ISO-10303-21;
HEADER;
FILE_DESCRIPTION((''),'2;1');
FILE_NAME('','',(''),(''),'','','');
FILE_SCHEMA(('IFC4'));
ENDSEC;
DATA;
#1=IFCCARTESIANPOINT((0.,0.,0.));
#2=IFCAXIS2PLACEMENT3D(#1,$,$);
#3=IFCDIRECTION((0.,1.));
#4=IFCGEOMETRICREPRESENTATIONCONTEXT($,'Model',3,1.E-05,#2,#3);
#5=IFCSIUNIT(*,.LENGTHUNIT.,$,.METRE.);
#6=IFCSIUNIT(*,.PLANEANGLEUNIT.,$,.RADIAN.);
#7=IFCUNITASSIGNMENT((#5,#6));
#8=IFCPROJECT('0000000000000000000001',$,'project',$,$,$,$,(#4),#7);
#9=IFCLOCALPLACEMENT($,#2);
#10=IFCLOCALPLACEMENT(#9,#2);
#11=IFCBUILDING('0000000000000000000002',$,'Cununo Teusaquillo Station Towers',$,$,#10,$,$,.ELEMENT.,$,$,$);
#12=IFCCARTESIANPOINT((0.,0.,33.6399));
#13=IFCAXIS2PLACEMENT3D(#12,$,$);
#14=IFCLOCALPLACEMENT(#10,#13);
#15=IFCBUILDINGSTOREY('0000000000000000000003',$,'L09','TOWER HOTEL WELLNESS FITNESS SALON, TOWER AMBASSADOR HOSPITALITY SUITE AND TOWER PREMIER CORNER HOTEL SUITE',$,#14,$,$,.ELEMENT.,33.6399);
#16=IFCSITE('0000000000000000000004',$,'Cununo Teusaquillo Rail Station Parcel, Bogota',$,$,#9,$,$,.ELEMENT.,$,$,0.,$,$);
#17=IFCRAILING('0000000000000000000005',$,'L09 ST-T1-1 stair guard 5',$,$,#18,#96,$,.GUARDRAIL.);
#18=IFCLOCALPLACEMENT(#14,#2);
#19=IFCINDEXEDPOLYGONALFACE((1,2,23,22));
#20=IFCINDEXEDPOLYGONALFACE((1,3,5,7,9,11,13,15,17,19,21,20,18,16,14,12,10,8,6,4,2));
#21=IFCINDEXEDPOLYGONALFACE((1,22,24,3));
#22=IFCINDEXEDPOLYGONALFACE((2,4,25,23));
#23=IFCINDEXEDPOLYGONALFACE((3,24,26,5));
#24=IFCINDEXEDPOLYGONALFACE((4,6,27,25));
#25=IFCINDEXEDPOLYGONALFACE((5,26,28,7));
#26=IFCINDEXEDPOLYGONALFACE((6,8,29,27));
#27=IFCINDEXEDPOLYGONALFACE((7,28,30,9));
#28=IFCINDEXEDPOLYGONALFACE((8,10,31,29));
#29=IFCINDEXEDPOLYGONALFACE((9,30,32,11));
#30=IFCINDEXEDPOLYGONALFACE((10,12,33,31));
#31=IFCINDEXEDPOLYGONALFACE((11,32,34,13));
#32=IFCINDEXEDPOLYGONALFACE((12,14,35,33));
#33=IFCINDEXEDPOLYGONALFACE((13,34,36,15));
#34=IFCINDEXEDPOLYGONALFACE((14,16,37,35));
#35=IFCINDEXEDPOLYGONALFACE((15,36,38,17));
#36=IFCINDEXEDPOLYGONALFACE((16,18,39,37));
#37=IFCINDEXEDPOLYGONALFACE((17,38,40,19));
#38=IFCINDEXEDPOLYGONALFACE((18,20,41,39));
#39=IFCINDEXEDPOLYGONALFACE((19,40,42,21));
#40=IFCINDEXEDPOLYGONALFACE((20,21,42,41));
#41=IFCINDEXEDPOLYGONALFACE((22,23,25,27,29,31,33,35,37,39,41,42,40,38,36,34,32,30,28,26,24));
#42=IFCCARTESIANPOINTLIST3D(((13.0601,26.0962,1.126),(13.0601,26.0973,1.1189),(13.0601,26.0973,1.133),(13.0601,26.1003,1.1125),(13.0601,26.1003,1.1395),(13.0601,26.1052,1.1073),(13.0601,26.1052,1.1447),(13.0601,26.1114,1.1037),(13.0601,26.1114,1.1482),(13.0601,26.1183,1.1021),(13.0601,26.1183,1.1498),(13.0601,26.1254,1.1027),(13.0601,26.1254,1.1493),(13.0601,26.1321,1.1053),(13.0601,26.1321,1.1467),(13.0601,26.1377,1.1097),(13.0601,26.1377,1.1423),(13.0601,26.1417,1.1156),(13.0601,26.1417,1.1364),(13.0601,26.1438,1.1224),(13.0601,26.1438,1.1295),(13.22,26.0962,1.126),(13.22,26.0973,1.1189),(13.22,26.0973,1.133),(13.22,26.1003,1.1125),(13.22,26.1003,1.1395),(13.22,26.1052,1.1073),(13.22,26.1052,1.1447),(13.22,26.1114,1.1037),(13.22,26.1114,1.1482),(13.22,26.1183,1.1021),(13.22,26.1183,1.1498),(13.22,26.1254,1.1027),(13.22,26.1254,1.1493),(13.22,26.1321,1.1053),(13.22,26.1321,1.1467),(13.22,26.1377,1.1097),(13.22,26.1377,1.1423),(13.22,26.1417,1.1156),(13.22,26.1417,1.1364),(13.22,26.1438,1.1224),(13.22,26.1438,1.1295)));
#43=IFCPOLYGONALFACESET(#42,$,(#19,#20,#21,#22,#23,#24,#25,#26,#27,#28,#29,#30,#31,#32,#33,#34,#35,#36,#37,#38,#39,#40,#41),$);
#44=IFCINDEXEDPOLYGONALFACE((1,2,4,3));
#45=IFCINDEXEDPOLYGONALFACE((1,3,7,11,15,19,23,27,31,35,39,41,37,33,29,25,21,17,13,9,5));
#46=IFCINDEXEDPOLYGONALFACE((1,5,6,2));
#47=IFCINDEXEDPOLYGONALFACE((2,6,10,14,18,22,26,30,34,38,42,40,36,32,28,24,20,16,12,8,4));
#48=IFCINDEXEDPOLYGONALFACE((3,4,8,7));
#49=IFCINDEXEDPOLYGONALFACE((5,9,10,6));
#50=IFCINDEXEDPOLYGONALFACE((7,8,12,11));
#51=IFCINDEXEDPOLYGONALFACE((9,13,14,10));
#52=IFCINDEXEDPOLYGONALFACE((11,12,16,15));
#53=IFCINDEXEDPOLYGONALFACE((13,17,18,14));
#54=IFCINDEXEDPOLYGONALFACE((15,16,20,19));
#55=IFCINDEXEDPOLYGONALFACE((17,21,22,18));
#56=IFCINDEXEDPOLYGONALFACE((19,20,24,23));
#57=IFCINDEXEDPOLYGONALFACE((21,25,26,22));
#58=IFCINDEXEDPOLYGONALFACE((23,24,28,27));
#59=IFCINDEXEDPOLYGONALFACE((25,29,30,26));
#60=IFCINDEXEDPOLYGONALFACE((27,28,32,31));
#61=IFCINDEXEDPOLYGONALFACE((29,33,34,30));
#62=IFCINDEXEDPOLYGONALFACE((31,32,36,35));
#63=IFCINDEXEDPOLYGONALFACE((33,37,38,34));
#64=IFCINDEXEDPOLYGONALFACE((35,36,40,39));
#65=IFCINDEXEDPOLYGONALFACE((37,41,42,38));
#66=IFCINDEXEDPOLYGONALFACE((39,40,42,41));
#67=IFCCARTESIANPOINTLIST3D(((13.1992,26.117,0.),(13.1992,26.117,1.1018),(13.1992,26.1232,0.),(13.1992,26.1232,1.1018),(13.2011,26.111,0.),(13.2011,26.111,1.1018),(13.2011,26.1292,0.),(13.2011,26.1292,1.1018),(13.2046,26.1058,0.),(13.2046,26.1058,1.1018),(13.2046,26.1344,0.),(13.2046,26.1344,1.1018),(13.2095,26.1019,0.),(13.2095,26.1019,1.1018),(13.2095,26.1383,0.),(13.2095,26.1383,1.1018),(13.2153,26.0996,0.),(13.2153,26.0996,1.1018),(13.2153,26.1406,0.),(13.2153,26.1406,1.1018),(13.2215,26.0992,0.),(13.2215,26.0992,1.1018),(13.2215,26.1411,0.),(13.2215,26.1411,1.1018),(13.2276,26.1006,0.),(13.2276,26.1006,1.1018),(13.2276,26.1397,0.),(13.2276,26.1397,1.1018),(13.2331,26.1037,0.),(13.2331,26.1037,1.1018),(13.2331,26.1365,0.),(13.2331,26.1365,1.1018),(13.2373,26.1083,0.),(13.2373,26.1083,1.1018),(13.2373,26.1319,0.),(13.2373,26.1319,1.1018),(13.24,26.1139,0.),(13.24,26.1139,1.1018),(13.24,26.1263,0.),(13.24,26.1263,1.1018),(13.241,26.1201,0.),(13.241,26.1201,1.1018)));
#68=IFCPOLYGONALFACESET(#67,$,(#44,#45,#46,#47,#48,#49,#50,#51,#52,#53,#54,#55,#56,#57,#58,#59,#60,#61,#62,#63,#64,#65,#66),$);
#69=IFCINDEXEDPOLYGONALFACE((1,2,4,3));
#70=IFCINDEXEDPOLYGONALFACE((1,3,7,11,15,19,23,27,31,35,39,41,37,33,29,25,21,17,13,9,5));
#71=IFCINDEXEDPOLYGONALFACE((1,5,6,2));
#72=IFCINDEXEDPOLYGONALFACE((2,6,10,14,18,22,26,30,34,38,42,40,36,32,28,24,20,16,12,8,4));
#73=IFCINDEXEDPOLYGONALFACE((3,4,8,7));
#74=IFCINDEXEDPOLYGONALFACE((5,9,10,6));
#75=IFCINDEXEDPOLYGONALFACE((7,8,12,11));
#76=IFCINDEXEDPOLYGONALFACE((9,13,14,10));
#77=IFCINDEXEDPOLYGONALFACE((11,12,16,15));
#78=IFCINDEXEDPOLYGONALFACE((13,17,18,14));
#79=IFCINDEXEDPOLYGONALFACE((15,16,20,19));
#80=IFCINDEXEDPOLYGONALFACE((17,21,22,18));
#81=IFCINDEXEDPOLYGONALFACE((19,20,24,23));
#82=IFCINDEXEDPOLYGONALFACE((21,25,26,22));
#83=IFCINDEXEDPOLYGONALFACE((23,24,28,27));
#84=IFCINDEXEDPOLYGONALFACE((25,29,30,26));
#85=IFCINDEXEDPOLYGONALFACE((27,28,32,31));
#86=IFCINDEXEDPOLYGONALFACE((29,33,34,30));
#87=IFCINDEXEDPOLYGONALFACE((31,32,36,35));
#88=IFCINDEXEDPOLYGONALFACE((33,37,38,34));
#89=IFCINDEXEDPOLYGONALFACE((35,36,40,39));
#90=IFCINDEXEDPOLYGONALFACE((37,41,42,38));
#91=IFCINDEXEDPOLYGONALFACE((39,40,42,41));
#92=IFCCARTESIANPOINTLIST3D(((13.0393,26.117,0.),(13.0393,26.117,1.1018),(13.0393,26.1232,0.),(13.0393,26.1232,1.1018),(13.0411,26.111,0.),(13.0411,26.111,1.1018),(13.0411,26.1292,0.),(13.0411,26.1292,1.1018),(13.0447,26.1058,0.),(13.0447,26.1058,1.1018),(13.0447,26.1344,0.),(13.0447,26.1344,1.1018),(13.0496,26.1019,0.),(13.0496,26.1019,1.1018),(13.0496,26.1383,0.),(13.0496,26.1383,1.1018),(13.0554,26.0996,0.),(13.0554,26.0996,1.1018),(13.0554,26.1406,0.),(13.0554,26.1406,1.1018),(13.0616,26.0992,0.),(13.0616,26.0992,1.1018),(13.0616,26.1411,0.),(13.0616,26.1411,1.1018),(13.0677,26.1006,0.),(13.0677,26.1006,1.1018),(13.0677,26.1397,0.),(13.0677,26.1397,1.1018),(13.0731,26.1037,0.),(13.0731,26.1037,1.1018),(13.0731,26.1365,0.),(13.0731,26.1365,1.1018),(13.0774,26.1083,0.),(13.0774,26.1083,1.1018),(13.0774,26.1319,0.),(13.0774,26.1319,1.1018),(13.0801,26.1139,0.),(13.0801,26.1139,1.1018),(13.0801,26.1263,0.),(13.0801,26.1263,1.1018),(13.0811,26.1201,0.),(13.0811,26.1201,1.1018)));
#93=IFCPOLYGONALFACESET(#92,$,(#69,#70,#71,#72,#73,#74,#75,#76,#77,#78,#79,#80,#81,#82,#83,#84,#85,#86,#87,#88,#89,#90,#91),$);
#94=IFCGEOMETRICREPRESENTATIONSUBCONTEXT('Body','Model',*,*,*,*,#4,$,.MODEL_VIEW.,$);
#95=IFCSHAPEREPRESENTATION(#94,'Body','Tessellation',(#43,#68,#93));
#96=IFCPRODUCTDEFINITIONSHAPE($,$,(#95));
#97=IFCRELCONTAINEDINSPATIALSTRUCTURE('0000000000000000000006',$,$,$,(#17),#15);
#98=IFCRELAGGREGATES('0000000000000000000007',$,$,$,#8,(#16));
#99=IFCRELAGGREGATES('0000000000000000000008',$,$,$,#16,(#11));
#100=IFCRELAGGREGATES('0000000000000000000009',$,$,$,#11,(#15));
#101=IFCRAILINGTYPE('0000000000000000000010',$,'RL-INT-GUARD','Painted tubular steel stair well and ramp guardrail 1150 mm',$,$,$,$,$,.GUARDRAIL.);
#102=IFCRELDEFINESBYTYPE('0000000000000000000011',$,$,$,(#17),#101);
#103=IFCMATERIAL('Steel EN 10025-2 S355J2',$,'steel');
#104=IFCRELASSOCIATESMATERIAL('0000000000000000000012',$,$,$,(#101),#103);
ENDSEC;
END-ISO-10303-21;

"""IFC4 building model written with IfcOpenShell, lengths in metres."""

from ifc_helpers import new_model, si_unit, direction, frame, origin, origin_2d, place, context, subcontext, project, spatial, circle, extrude, material, type_object, element, save


model = new_model("IFC4")

# Units and contexts
model_context = context("Model", 3, precision=1e-05, world=origin(), true_north=direction((0.0, 1.0)))
body_context = subcontext(model_context, "Body", "Model", "MODEL_VIEW")
ifc_project = project(units=[si_unit("LENGTHUNIT", "METRE"), si_unit("PLANEANGLEUNIT", "RADIAN")], contexts=[model_context])

# Site, building, storey
site_placement = place(None, origin())
site = spatial("IfcSite", under=ifc_project, at=site_placement, Name="Cununo Teusaquillo Rail Station Parcel, Bogota", CompositionType="ELEMENT", RefElevation=0.0)
building_placement = place(site_placement, origin())
building = spatial("IfcBuilding", under=site, at=building_placement, Name="Cununo Teusaquillo Station Towers", CompositionType="ELEMENT")
storey_placement = place(building_placement, frame((0.0, 0.0, 33.6399)))
storey = spatial("IfcBuildingStorey", under=building, at=storey_placement, Name="L09", Description="TOWER HOTEL WELLNESS FITNESS SALON, TOWER AMBASSADOR HOSPITALITY SUITE AND TOWER PREMIER CORNER HOTEL SUITE", CompositionType="ELEMENT", Elevation=33.6399)

# Railing
ifc_material_1 = material(Name="Steel EN 10025-2 S355J2", Category="steel")
railing_type_1 = type_object("IfcRailingType", Name="RL-INT-GUARD", Description="Painted tubular steel stair well and ramp guardrail 1150 mm", PredefinedType="GUARDRAIL", material=ifc_material_1)
railing_1_placement = place(storey_placement, frame((13.22, 26.1201, 0.0)))
element("IfcRailing", 1, at=railing_1_placement, inside=storey, type_object=railing_type_1, Name="L09 ST-T1-1 stair guard 5", PredefinedType="GUARDRAIL", context=body_context, shape_type="SweptSolid", body=[
    extrude(circle(Radius=0.0239, at=origin_2d()), frame((0.0, 0.0, 1.126), z_axis=(-1.0, 0.0, 0.0), x_axis=(0.0, -1.0, 0.0)), (0.0, 0.0, 1.0), 0.1599),
    extrude(circle(Radius=0.021, at=origin_2d()), origin(), (0.0, 0.0, 1.0), 1.1018),
    extrude(circle(Radius=0.021, at=origin_2d()), frame((-0.1599, 0.0, 0.0)), (0.0, 0.0, 1.0), 1.1018),
])

save(model, "model.ifc")
